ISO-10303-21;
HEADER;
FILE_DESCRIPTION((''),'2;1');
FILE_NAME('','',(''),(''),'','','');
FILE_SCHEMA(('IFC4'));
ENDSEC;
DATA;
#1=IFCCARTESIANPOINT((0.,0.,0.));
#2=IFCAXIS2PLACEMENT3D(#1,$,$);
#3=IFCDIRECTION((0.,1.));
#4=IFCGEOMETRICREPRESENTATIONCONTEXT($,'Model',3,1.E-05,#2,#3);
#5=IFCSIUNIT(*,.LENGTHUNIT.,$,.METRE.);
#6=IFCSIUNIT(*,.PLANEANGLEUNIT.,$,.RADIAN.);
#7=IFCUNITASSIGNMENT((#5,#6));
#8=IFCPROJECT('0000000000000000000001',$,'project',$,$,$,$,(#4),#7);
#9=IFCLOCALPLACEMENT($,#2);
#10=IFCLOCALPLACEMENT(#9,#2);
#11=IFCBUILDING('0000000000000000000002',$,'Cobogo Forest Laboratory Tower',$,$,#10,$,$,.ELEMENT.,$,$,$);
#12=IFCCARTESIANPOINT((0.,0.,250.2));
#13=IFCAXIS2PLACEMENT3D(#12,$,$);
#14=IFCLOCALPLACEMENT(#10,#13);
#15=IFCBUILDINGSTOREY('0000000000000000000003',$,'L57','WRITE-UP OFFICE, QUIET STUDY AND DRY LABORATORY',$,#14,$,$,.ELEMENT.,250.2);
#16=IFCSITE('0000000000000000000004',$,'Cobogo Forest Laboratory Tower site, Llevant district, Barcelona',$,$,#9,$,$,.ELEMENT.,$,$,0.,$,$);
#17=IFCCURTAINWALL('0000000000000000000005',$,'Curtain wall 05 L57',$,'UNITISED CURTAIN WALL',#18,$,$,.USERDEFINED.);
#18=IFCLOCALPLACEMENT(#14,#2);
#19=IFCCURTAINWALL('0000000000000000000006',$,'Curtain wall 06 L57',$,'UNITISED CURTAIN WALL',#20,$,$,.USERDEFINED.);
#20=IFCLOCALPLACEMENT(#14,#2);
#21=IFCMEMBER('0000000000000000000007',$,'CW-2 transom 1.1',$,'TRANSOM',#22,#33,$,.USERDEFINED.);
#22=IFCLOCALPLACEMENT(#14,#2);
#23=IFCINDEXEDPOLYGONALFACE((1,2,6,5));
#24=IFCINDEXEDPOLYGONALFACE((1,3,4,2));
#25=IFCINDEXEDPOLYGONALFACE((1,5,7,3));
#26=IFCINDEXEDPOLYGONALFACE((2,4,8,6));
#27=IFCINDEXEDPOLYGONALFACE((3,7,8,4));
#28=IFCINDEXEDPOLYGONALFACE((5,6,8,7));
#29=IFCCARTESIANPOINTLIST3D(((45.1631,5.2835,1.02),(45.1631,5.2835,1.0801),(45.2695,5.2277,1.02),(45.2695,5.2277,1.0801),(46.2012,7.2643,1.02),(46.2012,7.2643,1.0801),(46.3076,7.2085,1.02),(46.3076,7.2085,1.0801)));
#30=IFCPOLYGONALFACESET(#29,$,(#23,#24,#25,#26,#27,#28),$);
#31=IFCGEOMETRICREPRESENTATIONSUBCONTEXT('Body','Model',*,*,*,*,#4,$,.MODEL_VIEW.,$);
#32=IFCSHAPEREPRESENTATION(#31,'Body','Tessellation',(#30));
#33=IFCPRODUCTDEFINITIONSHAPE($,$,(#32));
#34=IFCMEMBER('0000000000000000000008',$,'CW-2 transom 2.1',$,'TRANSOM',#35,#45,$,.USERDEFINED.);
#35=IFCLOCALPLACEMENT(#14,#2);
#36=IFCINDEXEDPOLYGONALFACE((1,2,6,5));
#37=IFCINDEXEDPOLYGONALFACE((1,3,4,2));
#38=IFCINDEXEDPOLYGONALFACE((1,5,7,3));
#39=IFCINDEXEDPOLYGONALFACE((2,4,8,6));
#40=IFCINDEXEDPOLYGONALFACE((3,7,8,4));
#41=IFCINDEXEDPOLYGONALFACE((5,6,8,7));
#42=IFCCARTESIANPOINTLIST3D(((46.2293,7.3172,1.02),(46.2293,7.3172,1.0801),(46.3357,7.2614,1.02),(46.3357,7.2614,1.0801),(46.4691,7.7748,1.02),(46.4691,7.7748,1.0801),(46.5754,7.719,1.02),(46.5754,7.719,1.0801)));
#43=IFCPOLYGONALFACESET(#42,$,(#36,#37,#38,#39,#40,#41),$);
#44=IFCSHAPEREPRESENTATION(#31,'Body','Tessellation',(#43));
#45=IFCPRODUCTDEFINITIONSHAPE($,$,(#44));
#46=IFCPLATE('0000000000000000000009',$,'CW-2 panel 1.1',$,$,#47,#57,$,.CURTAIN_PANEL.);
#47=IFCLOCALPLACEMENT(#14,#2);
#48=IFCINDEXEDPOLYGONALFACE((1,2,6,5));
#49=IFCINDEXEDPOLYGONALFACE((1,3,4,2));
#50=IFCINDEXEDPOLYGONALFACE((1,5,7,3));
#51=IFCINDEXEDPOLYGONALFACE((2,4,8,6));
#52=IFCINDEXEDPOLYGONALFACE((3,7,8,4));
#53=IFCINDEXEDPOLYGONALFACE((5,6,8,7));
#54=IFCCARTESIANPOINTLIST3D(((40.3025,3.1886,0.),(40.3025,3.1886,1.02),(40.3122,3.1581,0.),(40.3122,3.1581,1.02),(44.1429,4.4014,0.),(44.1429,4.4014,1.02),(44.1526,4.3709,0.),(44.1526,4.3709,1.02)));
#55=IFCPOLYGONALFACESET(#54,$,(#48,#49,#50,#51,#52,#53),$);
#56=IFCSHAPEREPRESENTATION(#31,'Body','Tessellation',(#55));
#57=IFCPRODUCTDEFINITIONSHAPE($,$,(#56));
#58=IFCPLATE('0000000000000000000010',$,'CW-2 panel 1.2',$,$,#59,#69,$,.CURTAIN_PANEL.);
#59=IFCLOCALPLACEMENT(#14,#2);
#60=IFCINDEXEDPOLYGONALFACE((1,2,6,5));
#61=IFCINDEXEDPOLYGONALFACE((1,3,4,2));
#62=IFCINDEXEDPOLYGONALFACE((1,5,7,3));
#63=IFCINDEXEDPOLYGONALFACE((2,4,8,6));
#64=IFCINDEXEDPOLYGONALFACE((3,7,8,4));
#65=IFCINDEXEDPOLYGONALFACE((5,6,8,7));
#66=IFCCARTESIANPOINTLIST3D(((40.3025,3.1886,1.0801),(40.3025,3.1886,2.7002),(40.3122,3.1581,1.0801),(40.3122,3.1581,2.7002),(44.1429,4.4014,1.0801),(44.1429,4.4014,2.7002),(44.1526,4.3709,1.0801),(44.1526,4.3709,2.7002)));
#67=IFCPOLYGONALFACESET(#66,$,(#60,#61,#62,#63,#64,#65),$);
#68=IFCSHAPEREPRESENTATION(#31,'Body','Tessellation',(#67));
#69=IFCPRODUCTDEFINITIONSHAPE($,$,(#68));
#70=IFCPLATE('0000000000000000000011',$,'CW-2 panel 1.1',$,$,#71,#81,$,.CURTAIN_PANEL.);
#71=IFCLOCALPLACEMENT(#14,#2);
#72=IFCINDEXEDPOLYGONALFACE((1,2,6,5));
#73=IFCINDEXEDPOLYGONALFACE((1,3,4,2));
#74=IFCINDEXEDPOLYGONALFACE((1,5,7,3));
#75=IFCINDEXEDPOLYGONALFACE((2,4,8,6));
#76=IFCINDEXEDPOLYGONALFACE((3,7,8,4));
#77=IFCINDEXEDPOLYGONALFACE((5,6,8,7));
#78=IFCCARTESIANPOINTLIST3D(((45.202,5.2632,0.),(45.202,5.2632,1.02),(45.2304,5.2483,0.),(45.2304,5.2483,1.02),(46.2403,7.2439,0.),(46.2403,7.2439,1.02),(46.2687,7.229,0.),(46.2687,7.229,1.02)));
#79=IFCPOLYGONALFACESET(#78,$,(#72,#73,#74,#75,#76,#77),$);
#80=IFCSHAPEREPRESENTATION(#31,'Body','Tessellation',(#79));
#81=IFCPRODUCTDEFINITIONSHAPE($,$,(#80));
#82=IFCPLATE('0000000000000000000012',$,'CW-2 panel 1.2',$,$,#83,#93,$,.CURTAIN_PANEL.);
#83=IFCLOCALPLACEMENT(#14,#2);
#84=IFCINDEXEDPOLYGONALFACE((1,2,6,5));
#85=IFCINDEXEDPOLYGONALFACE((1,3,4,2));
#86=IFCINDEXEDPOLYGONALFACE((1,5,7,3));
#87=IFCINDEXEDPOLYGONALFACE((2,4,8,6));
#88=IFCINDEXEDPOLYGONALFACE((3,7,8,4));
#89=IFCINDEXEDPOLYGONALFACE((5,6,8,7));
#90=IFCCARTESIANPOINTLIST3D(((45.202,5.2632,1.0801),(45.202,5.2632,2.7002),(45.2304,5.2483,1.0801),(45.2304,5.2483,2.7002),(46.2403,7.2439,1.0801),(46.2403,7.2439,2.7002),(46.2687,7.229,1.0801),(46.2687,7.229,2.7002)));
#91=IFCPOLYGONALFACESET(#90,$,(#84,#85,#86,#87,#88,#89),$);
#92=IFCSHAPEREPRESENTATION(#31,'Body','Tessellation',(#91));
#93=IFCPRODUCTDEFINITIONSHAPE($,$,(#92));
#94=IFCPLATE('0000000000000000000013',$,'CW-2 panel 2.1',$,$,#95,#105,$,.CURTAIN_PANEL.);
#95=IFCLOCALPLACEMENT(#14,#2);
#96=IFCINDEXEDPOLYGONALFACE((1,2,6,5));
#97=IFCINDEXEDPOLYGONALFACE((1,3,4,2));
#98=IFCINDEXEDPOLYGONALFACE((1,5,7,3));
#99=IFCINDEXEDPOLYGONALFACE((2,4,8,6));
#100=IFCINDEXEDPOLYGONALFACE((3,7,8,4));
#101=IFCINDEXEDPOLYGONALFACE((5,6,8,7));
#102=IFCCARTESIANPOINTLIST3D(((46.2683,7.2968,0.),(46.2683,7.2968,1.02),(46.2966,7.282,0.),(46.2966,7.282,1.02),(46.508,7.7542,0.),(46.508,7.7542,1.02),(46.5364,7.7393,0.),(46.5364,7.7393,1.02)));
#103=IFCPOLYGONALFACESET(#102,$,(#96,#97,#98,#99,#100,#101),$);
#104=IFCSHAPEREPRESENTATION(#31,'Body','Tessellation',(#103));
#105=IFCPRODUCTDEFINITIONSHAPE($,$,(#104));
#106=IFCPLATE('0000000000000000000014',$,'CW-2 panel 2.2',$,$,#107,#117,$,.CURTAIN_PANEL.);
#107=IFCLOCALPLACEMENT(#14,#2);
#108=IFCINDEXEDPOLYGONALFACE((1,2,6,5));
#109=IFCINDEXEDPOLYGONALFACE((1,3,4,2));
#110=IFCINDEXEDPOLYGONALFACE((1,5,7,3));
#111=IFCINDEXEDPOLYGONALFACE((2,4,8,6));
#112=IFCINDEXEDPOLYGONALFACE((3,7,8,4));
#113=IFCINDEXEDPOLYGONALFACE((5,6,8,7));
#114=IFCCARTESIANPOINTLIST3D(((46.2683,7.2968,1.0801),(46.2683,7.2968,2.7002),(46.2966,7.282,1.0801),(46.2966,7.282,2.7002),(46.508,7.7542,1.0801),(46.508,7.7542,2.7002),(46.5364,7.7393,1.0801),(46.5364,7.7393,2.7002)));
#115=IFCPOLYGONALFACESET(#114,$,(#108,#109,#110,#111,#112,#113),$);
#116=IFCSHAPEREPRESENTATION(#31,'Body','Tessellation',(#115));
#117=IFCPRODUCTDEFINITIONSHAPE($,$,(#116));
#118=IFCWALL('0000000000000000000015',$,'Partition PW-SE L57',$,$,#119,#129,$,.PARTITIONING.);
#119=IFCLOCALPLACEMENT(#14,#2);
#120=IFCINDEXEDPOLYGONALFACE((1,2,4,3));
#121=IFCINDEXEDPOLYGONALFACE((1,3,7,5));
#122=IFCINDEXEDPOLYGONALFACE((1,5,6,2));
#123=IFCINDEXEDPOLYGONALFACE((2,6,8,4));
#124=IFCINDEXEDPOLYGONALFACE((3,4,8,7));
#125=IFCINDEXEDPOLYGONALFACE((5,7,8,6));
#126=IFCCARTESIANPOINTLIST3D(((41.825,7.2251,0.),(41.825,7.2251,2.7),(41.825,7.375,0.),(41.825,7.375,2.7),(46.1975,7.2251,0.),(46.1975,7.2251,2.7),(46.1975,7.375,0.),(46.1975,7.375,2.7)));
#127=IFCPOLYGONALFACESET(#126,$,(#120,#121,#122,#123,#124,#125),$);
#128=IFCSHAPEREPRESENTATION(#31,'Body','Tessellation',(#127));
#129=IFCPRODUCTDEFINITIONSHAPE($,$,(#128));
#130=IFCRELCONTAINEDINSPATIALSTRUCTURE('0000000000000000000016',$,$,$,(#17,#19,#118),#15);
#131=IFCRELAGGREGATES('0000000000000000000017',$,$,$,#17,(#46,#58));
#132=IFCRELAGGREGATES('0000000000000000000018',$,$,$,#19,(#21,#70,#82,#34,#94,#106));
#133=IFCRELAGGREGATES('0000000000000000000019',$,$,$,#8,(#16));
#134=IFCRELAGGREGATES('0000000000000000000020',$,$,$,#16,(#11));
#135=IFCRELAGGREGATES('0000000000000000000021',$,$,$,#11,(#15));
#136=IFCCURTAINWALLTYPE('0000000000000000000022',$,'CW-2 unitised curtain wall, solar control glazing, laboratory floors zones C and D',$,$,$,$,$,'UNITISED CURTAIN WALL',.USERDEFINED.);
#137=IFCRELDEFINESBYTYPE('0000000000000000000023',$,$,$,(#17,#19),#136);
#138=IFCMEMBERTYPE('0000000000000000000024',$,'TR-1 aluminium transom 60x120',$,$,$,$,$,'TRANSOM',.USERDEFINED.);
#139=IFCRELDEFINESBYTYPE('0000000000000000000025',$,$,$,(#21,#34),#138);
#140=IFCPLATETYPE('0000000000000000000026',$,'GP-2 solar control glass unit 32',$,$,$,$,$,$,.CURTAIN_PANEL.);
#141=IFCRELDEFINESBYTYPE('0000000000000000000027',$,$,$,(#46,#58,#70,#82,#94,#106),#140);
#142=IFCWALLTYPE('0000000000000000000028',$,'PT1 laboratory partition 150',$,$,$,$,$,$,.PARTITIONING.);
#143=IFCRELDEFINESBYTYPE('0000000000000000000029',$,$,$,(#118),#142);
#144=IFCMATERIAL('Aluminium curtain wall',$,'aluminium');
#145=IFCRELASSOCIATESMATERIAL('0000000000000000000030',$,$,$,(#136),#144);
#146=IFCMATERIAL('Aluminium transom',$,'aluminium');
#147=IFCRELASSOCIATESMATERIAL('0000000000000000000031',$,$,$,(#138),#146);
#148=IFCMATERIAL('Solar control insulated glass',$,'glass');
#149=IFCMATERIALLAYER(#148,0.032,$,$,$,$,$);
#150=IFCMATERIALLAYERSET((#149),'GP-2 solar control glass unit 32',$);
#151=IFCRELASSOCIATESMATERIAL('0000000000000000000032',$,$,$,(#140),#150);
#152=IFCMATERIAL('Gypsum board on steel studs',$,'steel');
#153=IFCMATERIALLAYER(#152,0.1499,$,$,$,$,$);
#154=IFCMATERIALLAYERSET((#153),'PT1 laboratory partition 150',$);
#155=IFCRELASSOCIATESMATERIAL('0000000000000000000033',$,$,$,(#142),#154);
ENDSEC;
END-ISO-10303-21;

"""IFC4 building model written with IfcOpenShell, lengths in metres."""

from ifc_helpers import new_model, si_unit, direction, frame, frame_2d, origin, origin_2d, place, context, subcontext, project, spatial, rectangle, extrude, material, layer, layer_set, material_profile, profile_set, type_object, element, aggregate, save


model = new_model("IFC4")

# Units and contexts
model_context = context("Model", 3, precision=1e-05, world=origin(), true_north=direction((0.0, 1.0)))
body_context = subcontext(model_context, "Body", "Model", "MODEL_VIEW")
ifc_project = project(units=[si_unit("LENGTHUNIT", "METRE"), si_unit("PLANEANGLEUNIT", "RADIAN")], contexts=[model_context])

# Site, building, storey
site_placement = place(None, origin())
site = spatial("IfcSite", under=ifc_project, at=site_placement, Name="Cobogo Forest Laboratory Tower site, Llevant district, Barcelona", CompositionType="ELEMENT", RefElevation=0.0)
building_placement = place(site_placement, origin())
building = spatial("IfcBuilding", under=site, at=building_placement, Name="Cobogo Forest Laboratory Tower", CompositionType="ELEMENT")
storey_placement = place(building_placement, frame((0.0, 0.0, 250.2)))
storey = spatial("IfcBuildingStorey", under=building, at=storey_placement, Name="L57", Description="WRITE-UP OFFICE, QUIET STUDY AND DRY LABORATORY", CompositionType="ELEMENT", Elevation=250.2)

# Shared definitions
ifc_material_1 = material(Name="Aluminium curtain wall", Category="aluminium")
curtain_wall_type = type_object("IfcCurtainWallType", Name="CW-2 unitised curtain wall, solar control glazing, laboratory floors zones C and D", ElementType="UNITISED CURTAIN WALL", PredefinedType="USERDEFINED", material=ifc_material_1)

# Curtain walls
curtain_wall_1_placement = place(storey_placement, origin())
curtain_wall_1 = element("IfcCurtainWall", 1, at=curtain_wall_1_placement, inside=storey, type_object=curtain_wall_type, Name="Curtain wall 05 L57", ObjectType="UNITISED CURTAIN WALL", PredefinedType="USERDEFINED")
curtain_wall_2_placement = place(storey_placement, origin())
curtain_wall_2 = element("IfcCurtainWall", 2, at=curtain_wall_2_placement, inside=storey, type_object=curtain_wall_type, Name="Curtain wall 06 L57", ObjectType="UNITISED CURTAIN WALL", PredefinedType="USERDEFINED")

# Members
ifc_material_2 = material(Name="Aluminium transom", Category="aluminium")
ifc_material_profile_1 = material_profile(ifc_material_2, rectangle(XDim=0.1201, YDim=0.0601, at=origin_2d()), Name="AL 60x120")
ifc_profile_set_1 = profile_set([ifc_material_profile_1], Name="Aluminium transom")
member_type_1 = type_object("IfcMemberType", Name="TR-1 aluminium transom 60x120", ElementType="TRANSOM", PredefinedType="USERDEFINED", material=ifc_profile_set_1)
member_1_placement = place(storey_placement, frame((45.2163, 5.2556, 1.05), z_axis=(0.464207, 0.885727, 0.0), x_axis=(-0.885727, 0.464207, 0.0)))
member_1 = element("IfcMember", 3, at=member_1_placement, type_object=member_type_1, Name="CW-2 transom 1.1", ObjectType="TRANSOM", PredefinedType="USERDEFINED", context=body_context, shape_type="SweptSolid", body=[
    extrude(rectangle(XDim=0.1201, YDim=0.0601, at=origin_2d()), origin(), (0.0, 0.0, 1.0), 2.2363),
])
member_2_placement = place(storey_placement, frame((46.2825, 7.2893, 1.05), z_axis=(0.464148, 0.885758, 0.0), x_axis=(-0.885758, 0.464148, 0.0)))
member_2 = element("IfcMember", 4, at=member_2_placement, type_object=member_type_1, Name="CW-2 transom 2.1", ObjectType="TRANSOM", PredefinedType="USERDEFINED", context=body_context, shape_type="SweptSolid", body=[
    extrude(rectangle(XDim=0.1201, YDim=0.0601, at=origin_2d()), origin(), (0.0, 0.0, 1.0), 0.5166),
])

# Plates
ifc_material_3 = material(Name="Solar control insulated glass", Category="glass")
ifc_layer_1 = layer(ifc_material_3, 0.032)
ifc_layer_set_1 = layer_set([ifc_layer_1], Name="GP-2 solar control glass unit 32")
plate_type = type_object("IfcPlateType", Name="GP-2 solar control glass unit 32", PredefinedType="CURTAIN_PANEL", material=ifc_layer_set_1)
plate_1_placement = place(storey_placement, frame((42.2275, 3.7798, 0.0), z_axis=(0.0, 0.0, 1.0), x_axis=(0.953581, 0.301135, 0.0)))
plate_1 = element("IfcPlate", 5, at=plate_1_placement, type_object=plate_type, Name="CW-2 panel 1.1", PredefinedType="CURTAIN_PANEL", context=body_context, shape_type="SweptSolid", body=[
    extrude(rectangle(XDim=4.0273, YDim=0.032, at=origin_2d()), origin(), (0.0, 0.0, 1.0), 1.02),
])
plate_2_placement = place(storey_placement, frame((42.2275, 3.7798, 1.0801), z_axis=(0.0, 0.0, 1.0), x_axis=(0.953581, 0.301135, 0.0)))
plate_2 = element("IfcPlate", 6, at=plate_2_placement, type_object=plate_type, Name="CW-2 panel 1.2", PredefinedType="CURTAIN_PANEL", context=body_context, shape_type="SweptSolid", body=[
    extrude(rectangle(XDim=4.0273, YDim=0.032, at=origin_2d()), origin(), (0.0, 0.0, 1.0), 1.6201),
])
aggregate(curtain_wall_1, [plate_1, plate_2])
plate_3_placement = place(storey_placement, frame((45.7354, 6.2461, 0.0), z_axis=(0.0, 0.0, 1.0), x_axis=(0.464284, 0.885686, 0.0)))
plate_3 = element("IfcPlate", 7, at=plate_3_placement, type_object=plate_type, Name="CW-2 panel 1.1", PredefinedType="CURTAIN_PANEL", context=body_context, shape_type="SweptSolid", body=[
    extrude(rectangle(XDim=2.2363, YDim=0.032, at=origin_2d()), origin(), (0.0, 0.0, 1.0), 1.02),
])
plate_4_placement = place(storey_placement, frame((45.7354, 6.2461, 1.0801), z_axis=(0.0, 0.0, 1.0), x_axis=(0.464284, 0.885686, 0.0)))
plate_4 = element("IfcPlate", 8, at=plate_4_placement, type_object=plate_type, Name="CW-2 panel 1.2", PredefinedType="CURTAIN_PANEL", context=body_context, shape_type="SweptSolid", body=[
    extrude(rectangle(XDim=2.2363, YDim=0.032, at=origin_2d()), origin(), (0.0, 0.0, 1.0), 1.6201),
])
plate_5_placement = place(storey_placement, frame((46.4023, 7.5181, 0.0), z_axis=(0.0, 0.0, 1.0), x_axis=(0.464284, 0.885686, 0.0)))
plate_5 = element("IfcPlate", 9, at=plate_5_placement, type_object=plate_type, Name="CW-2 panel 2.1", PredefinedType="CURTAIN_PANEL", context=body_context, shape_type="SweptSolid", body=[
    extrude(rectangle(XDim=0.5164, YDim=0.032, at=origin_2d()), origin(), (0.0, 0.0, 1.0), 1.02),
])
plate_6_placement = place(storey_placement, frame((46.4023, 7.5181, 1.0801), z_axis=(0.0, 0.0, 1.0), x_axis=(0.464284, 0.885686, 0.0)))
plate_6 = element("IfcPlate", 10, at=plate_6_placement, type_object=plate_type, Name="CW-2 panel 2.2", PredefinedType="CURTAIN_PANEL", context=body_context, shape_type="SweptSolid", body=[
    extrude(rectangle(XDim=0.5164, YDim=0.032, at=origin_2d()), origin(), (0.0, 0.0, 1.0), 1.6201),
])
aggregate(curtain_wall_2, [member_1, plate_3, plate_4, member_2, plate_5, plate_6])

# Wall
ifc_material_4 = material(Name="Gypsum board on steel studs", Category="steel")
ifc_layer_2 = layer(ifc_material_4, 0.1499)
ifc_layer_set_2 = layer_set([ifc_layer_2], Name="PT1 laboratory partition 150")
wall_type_1 = type_object("IfcWallType", Name="PT1 laboratory partition 150", PredefinedType="PARTITIONING", material=ifc_layer_set_2)
wall_1_placement = place(storey_placement, frame((46.1975, 7.3, 0.0), z_axis=(0.0, 0.0, 1.0), x_axis=(-1.0, 0.0, 0.0)))
element("IfcWall", 11, at=wall_1_placement, inside=storey, type_object=wall_type_1, Name="Partition PW-SE L57", PredefinedType="PARTITIONING", context=body_context, shape_type="SweptSolid", body=[
    extrude(rectangle(XDim=4.3726, YDim=0.1499, at=frame_2d((2.1863, 0.0))), origin(), (0.0, 0.0, 1.0), 2.7),
])

save(model, "model.ifc")
